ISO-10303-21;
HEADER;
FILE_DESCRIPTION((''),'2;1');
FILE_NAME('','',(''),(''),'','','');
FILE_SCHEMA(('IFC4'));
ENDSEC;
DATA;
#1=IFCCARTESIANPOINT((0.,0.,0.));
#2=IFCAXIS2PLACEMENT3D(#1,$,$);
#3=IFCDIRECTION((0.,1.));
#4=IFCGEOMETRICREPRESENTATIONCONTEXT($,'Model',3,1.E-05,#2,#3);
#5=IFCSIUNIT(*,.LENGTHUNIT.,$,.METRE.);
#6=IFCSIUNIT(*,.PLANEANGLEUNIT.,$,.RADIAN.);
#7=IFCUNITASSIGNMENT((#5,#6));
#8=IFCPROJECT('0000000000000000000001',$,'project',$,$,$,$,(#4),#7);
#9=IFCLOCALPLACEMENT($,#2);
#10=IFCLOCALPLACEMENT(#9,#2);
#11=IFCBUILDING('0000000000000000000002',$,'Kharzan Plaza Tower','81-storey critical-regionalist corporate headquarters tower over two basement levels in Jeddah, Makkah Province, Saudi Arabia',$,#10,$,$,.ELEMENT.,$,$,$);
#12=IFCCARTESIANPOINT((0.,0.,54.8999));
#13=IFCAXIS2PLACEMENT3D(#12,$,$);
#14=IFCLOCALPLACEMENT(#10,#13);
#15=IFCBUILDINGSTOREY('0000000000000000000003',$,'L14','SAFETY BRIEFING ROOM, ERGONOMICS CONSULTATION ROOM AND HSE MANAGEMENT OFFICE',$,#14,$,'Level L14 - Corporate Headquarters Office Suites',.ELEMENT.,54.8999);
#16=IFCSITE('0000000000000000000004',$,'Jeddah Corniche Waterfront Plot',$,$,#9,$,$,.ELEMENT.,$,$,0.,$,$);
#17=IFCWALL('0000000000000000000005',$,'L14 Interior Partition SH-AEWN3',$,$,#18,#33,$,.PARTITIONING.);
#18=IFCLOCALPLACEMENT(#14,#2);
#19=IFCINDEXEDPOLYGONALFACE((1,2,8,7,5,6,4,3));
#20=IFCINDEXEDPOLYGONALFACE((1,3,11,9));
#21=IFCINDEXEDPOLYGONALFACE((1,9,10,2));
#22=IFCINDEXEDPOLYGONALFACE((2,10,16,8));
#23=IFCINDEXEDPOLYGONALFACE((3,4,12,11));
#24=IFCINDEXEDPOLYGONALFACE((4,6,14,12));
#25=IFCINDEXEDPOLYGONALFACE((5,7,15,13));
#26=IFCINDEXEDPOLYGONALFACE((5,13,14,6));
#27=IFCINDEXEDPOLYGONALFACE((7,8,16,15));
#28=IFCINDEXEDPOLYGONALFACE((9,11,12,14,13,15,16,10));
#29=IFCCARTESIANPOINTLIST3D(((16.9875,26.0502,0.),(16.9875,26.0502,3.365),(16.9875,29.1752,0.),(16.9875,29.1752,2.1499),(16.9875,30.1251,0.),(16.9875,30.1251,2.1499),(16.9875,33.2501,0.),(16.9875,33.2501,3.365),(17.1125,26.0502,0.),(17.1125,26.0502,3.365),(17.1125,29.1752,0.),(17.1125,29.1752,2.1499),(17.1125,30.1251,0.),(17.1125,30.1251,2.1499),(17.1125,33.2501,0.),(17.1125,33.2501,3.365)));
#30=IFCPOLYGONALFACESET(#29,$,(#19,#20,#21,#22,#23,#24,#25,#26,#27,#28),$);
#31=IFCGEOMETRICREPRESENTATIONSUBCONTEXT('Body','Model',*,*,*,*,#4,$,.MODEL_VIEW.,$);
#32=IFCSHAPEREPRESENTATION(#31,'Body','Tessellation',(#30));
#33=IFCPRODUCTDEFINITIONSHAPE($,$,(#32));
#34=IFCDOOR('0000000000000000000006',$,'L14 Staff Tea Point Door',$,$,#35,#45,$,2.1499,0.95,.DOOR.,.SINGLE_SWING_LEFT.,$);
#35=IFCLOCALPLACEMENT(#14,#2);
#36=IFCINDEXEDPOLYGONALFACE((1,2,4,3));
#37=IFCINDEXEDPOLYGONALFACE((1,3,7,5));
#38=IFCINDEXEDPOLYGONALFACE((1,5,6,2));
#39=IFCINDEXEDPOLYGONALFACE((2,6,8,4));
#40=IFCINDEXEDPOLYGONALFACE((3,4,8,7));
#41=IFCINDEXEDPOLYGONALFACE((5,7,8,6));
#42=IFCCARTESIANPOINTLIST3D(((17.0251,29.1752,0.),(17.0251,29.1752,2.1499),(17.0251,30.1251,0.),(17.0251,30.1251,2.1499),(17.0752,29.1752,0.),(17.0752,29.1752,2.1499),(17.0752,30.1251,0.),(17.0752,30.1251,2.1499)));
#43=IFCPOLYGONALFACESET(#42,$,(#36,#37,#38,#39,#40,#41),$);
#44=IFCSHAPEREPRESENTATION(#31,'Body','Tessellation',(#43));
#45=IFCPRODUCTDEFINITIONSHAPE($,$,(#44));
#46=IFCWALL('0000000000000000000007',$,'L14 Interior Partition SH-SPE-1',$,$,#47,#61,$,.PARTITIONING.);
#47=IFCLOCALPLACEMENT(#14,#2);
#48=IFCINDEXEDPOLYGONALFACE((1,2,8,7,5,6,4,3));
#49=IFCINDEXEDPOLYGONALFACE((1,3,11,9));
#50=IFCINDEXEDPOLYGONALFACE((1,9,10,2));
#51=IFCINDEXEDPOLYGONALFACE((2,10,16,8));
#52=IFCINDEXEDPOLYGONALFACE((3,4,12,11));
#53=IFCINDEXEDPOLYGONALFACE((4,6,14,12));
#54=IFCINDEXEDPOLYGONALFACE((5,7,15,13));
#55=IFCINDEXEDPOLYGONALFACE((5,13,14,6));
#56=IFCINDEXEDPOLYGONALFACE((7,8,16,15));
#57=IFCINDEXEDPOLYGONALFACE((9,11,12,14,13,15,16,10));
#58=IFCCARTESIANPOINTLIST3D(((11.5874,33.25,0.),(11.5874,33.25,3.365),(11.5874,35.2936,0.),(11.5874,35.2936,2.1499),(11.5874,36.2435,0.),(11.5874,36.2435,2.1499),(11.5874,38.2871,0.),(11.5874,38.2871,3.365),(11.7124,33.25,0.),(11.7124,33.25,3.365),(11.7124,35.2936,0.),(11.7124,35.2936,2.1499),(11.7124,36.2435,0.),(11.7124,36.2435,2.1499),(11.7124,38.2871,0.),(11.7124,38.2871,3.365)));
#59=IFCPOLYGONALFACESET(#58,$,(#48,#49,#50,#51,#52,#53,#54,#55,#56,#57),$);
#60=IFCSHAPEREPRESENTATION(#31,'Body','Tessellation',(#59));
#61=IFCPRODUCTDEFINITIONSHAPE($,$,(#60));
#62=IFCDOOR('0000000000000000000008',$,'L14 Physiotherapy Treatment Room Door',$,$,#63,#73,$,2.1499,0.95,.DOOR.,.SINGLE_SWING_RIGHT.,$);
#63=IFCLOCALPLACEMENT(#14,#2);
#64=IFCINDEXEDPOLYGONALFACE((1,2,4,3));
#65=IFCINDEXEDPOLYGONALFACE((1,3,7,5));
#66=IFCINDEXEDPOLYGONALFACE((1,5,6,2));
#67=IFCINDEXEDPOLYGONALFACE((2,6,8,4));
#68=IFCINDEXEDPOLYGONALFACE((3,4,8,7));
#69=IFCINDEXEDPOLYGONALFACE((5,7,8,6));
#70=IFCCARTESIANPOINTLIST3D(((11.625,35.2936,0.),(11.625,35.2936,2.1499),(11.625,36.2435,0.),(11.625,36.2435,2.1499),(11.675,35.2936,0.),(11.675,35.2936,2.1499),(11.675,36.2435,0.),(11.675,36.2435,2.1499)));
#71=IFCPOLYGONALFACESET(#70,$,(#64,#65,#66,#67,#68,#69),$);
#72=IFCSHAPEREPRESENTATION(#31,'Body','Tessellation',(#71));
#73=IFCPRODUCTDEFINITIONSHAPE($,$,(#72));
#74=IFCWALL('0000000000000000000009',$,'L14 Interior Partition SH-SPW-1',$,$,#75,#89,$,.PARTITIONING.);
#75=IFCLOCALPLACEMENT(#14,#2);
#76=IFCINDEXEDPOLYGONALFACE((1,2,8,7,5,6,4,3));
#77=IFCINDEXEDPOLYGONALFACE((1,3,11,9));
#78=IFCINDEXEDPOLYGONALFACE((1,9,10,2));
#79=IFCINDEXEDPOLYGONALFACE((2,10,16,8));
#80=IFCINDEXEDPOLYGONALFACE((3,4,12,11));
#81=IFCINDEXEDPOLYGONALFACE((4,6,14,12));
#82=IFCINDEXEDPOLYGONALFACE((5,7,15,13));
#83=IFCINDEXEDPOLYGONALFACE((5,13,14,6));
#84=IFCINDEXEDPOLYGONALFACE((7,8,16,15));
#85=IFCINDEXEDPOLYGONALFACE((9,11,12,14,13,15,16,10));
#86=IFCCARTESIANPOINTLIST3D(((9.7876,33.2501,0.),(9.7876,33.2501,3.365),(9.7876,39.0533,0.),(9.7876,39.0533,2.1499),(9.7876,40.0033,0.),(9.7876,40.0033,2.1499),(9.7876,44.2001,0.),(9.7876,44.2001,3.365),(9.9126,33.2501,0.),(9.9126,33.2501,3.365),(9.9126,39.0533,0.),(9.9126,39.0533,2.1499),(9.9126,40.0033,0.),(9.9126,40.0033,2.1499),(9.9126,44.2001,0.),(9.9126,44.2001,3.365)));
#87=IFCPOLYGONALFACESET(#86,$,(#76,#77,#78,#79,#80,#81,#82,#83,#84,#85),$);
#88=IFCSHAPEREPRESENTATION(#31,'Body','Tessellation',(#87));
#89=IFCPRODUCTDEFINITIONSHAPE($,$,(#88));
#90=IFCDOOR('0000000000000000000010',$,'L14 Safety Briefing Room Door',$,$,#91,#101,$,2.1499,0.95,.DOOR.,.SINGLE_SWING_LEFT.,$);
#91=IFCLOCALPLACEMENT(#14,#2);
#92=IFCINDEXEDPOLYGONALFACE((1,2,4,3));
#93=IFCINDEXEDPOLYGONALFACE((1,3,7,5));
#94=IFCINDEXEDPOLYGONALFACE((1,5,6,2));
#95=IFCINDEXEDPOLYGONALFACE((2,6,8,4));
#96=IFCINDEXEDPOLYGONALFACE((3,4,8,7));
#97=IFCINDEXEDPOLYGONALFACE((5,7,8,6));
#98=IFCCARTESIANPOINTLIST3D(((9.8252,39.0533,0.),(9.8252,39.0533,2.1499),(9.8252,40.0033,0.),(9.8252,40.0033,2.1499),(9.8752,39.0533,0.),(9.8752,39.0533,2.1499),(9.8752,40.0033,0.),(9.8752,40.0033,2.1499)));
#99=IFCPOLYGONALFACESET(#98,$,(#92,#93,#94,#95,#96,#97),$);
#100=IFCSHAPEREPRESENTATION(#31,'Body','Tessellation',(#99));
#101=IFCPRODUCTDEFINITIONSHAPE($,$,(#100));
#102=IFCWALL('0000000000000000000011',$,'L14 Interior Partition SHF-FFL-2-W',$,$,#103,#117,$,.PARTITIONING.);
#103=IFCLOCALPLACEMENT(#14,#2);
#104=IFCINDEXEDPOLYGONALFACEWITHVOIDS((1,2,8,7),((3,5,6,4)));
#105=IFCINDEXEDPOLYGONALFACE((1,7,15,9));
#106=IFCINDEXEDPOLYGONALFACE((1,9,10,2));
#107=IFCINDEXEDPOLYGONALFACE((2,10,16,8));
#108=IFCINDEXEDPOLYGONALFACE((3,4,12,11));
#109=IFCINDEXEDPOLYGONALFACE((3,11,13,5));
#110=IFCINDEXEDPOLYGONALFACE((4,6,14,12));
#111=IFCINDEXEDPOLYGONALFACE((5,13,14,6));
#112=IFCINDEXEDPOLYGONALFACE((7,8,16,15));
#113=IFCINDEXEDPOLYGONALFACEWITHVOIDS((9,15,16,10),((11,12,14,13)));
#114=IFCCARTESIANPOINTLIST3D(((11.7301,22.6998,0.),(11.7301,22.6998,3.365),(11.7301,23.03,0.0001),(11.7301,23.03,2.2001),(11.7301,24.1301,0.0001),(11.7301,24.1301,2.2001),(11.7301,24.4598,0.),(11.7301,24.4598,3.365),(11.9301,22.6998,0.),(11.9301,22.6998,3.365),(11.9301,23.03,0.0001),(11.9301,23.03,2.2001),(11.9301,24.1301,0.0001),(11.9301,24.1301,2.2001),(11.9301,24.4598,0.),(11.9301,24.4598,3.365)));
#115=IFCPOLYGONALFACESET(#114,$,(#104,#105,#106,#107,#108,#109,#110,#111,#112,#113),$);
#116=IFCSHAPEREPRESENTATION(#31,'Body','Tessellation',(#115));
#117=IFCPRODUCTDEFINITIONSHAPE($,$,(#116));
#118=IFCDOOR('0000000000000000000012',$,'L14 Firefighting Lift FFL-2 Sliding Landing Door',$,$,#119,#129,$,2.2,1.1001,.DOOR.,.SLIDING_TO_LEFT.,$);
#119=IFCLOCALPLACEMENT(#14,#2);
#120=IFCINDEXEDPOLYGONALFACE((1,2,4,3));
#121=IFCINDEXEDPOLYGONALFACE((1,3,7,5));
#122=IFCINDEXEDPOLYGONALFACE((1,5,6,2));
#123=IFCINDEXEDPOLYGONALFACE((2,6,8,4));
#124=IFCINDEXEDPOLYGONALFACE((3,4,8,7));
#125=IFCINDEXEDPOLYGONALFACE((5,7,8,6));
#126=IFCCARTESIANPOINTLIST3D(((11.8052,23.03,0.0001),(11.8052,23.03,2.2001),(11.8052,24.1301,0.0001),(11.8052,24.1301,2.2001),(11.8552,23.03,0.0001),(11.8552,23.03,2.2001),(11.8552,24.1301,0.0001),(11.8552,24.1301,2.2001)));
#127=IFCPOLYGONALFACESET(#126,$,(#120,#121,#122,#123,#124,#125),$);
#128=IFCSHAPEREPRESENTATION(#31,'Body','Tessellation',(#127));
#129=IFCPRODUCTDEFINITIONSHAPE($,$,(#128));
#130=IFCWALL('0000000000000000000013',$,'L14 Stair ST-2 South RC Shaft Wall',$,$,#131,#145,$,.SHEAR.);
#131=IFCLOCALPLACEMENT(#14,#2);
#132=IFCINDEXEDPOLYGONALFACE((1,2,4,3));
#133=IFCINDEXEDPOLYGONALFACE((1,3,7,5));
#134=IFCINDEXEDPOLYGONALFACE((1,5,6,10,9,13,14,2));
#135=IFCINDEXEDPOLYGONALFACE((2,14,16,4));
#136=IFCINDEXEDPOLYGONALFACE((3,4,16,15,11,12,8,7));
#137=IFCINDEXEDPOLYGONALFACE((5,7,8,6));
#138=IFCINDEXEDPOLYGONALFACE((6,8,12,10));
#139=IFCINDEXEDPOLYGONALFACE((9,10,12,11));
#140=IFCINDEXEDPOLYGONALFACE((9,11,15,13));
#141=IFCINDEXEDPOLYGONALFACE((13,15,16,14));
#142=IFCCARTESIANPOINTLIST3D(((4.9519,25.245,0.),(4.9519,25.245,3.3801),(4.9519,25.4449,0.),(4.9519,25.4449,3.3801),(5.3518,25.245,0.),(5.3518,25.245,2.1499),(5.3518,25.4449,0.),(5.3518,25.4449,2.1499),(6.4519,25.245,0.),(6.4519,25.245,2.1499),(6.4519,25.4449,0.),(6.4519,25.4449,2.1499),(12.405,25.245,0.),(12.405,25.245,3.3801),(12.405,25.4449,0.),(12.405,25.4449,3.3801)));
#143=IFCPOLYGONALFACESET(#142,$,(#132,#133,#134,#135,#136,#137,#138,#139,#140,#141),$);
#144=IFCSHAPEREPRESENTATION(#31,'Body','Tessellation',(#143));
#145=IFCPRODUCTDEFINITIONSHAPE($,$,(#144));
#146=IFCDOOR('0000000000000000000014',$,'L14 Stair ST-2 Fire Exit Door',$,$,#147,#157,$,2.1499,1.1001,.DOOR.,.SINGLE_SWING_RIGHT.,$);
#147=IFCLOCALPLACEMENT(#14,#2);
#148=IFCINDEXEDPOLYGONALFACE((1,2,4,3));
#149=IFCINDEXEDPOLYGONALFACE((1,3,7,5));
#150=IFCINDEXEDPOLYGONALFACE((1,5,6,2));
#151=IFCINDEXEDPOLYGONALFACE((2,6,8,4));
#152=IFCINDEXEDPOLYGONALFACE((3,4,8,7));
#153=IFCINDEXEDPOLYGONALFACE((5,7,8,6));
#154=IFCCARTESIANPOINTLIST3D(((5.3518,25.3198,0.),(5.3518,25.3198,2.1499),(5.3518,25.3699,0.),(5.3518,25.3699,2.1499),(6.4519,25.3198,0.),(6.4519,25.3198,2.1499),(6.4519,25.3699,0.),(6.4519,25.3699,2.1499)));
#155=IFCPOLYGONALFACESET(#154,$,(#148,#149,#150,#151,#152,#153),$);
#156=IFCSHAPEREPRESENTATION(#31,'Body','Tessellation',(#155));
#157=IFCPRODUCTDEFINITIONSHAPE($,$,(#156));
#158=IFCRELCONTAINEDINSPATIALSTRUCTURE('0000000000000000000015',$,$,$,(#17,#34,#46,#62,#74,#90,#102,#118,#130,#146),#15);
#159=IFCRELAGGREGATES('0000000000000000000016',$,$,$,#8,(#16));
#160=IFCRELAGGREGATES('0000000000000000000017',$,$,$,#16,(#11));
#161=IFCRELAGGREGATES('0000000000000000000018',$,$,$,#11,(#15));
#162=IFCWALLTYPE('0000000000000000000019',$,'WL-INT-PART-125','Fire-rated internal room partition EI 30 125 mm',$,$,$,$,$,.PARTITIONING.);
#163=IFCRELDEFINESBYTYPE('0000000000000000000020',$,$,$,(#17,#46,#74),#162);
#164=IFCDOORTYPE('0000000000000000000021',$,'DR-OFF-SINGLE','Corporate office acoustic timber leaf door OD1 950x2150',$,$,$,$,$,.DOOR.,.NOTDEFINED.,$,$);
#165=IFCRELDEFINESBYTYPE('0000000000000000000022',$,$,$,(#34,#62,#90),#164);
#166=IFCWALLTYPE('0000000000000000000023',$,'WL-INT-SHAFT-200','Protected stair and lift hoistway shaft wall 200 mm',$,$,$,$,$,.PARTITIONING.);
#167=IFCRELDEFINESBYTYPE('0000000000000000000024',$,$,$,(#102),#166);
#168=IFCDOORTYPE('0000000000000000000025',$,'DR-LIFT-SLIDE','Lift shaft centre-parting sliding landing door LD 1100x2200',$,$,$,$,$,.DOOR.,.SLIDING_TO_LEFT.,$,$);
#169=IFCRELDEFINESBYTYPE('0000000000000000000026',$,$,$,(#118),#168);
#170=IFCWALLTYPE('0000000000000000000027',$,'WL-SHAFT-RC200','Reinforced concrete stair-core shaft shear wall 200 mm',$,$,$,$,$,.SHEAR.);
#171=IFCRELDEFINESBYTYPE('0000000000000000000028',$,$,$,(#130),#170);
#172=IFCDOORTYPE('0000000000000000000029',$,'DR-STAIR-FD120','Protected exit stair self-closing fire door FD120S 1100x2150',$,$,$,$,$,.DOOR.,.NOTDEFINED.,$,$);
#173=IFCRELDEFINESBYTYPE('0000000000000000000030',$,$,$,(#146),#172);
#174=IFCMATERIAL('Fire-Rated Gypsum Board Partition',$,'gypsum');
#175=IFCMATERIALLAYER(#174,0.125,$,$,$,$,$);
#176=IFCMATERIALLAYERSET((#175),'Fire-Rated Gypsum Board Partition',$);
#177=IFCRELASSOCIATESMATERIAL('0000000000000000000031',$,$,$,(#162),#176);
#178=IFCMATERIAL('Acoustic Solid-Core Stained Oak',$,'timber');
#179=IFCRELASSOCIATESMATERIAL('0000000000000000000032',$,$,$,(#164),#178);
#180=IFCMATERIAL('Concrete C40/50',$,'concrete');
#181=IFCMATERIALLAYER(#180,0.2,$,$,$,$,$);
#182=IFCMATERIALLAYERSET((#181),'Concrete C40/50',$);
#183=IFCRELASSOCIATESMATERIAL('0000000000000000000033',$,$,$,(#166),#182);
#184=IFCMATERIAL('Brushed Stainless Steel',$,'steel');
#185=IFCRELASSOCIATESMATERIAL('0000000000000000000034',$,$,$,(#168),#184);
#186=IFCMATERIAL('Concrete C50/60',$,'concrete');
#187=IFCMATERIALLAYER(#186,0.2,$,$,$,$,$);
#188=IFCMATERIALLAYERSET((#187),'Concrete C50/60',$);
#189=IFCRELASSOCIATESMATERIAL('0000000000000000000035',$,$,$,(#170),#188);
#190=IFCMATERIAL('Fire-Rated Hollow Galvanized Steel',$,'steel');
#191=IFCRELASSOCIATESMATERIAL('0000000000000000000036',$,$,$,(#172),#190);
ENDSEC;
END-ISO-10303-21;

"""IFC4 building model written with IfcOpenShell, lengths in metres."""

from ifc_helpers import new_model, si_unit, direction, frame, frame_2d, origin, place, context, subcontext, project, spatial, rectangle, extrude, source, transform, mapped, material, layer, layer_set, type_object, element, fill, save


model = new_model("IFC4")

# Units and contexts
model_context = context("Model", 3, precision=1e-05, world=origin(), true_north=direction((0.0, 1.0)))
body_context = subcontext(model_context, "Body", "Model", "MODEL_VIEW")
ifc_project = project(units=[si_unit("LENGTHUNIT", "METRE"), si_unit("PLANEANGLEUNIT", "RADIAN")], contexts=[model_context])

# Site, building, storey
site_placement = place(None, origin())
site = spatial("IfcSite", under=ifc_project, at=site_placement, Name="Jeddah Corniche Waterfront Plot", CompositionType="ELEMENT", RefElevation=0.0)
building_placement = place(site_placement, origin())
building = spatial("IfcBuilding", under=site, at=building_placement, Name="Kharzan Plaza Tower", Description="81-storey critical-regionalist corporate headquarters tower over two basement levels in Jeddah, Makkah Province, Saudi Arabia", CompositionType="ELEMENT")
storey_placement = place(building_placement, frame((0.0, 0.0, 54.8999)))
storey = spatial("IfcBuildingStorey", under=building, at=storey_placement, Name="L14", Description="SAFETY BRIEFING ROOM, ERGONOMICS CONSULTATION ROOM AND HSE MANAGEMENT OFFICE", LongName="Level L14 - Corporate Headquarters Office Suites", CompositionType="ELEMENT", Elevation=54.8999)

# Walls, openings, doors
ifc_material_1 = material(Name="Fire-Rated Gypsum Board Partition", Category="gypsum")
ifc_layer_1 = layer(ifc_material_1, 0.125)
ifc_layer_set_1 = layer_set([ifc_layer_1], Name="Fire-Rated Gypsum Board Partition")
wall_type_1 = type_object("IfcWallType", Name="WL-INT-PART-125", Description="Fire-rated internal room partition EI 30 125 mm", PredefinedType="PARTITIONING", material=ifc_layer_set_1)
wall_1_placement = place(storey_placement, frame((17.05, 26.05, 0.0), z_axis=(0.0, 0.0, 1.0), x_axis=(0.0, 1.0, 0.0)))
wall_1 = element("IfcWall", 1, at=wall_1_placement, inside=storey, type_object=wall_type_1, Name="L14 Interior Partition SH-AEWN3", PredefinedType="PARTITIONING", context=body_context, shape_type="SweptSolid", body=[
    extrude(rectangle(XDim=7.2, YDim=0.125, at=frame_2d((3.6001, 0.0))), origin(), (0.0, 0.0, 1.0), 3.365),
])
opening_1_placement = place(wall_1_placement, frame((3.125, 0.0, 0.0)))
opening_1 = element("IfcOpeningElement", 2, at=opening_1_placement, cuts=wall_1, PredefinedType="OPENING", context=body_context, shape_type="SweptSolid", body=[
    extrude(rectangle(XDim=0.95, YDim=2.1499, at=frame_2d((0.4751, 1.075))), frame((0.0, 0.0725, 0.0), z_axis=(0.0, -1.0, 0.0), x_axis=(1.0, 0.0, 0.0)), (0.0, 0.0, 1.0), 0.145),
])
ifc_material_2 = material(Name="Acoustic Solid-Core Stained Oak", Category="timber")
door_type_1 = type_object("IfcDoorType", Name="DR-OFF-SINGLE", Description="Corporate office acoustic timber leaf door OD1 950x2150", OperationType="NOTDEFINED", PredefinedType="DOOR", material=ifc_material_2)
shared_shape_1 = source(origin(), body_context, "Body", "SweptSolid", [
    extrude(rectangle(XDim=0.95, YDim=2.1499, at=frame_2d((0.4751, 1.075))), frame((0.0, 0.0249, 0.0), z_axis=(0.0, -1.0, 0.0), x_axis=(1.0, 0.0, 0.0)), (0.0, 0.0, 1.0), 0.05),
])
door_1_placement = place(opening_1_placement, origin())
door_1 = element("IfcDoor", 3, at=door_1_placement, inside=storey, type_object=door_type_1, Name="L14 Staff Tea Point Door", OperationType="SINGLE_SWING_LEFT", OverallHeight=2.1499, OverallWidth=0.95, PredefinedType="DOOR", context=body_context, shape_type="MappedRepresentation", body=[
    mapped(shared_shape_1, transform((0.0, 0.0, 0.0), x_axis=(1.0, 0.0, 0.0), y_axis=(0.0, 1.0, 0.0), z_axis=(0.0, 0.0, 1.0))),
])
fill(opening_1, door_1)
wall_2_placement = place(storey_placement, frame((11.6499, 33.25, 0.0), z_axis=(0.0, 0.0, 1.0), x_axis=(0.0, 1.0, 0.0)))
wall_2 = element("IfcWall", 4, at=wall_2_placement, inside=storey, type_object=wall_type_1, Name="L14 Interior Partition SH-SPE-1", PredefinedType="PARTITIONING", context=body_context, shape_type="SweptSolid", body=[
    extrude(rectangle(XDim=5.0371, YDim=0.125, at=frame_2d((2.5186, 0.0))), origin(), (0.0, 0.0, 1.0), 3.365),
])
opening_2_placement = place(wall_2_placement, frame((2.0435, 0.0, 0.0)))
opening_2 = element("IfcOpeningElement", 5, at=opening_2_placement, cuts=wall_2, PredefinedType="OPENING", context=body_context, shape_type="SweptSolid", body=[
    extrude(rectangle(XDim=0.95, YDim=2.1499, at=frame_2d((0.4751, 1.075))), frame((0.0, 0.0725, 0.0), z_axis=(0.0, -1.0, 0.0), x_axis=(1.0, 0.0, 0.0)), (0.0, 0.0, 1.0), 0.145),
])
door_2_placement = place(opening_2_placement, origin())
door_2 = element("IfcDoor", 6, at=door_2_placement, inside=storey, type_object=door_type_1, Name="L14 Physiotherapy Treatment Room Door", OperationType="SINGLE_SWING_RIGHT", OverallHeight=2.1499, OverallWidth=0.95, PredefinedType="DOOR", context=body_context, shape_type="MappedRepresentation", body=[
    mapped(shared_shape_1, transform((0.0, 0.0, 0.0), x_axis=(1.0, 0.0, 0.0), y_axis=(0.0, 1.0, 0.0), z_axis=(0.0, 0.0, 1.0))),
])
fill(opening_2, door_2)
wall_3_placement = place(storey_placement, frame((9.8501, 33.25, 0.0), z_axis=(0.0, 0.0, 1.0), x_axis=(0.0, 1.0, 0.0)))
wall_3 = element("IfcWall", 7, at=wall_3_placement, inside=storey, type_object=wall_type_1, Name="L14 Interior Partition SH-SPW-1", PredefinedType="PARTITIONING", context=body_context, shape_type="SweptSolid", body=[
    extrude(rectangle(XDim=10.95, YDim=0.125, at=frame_2d((5.4751, 0.0))), origin(), (0.0, 0.0, 1.0), 3.365),
])
opening_3_placement = place(wall_3_placement, frame((5.8032, 0.0, 0.0)))
opening_3 = element("IfcOpeningElement", 8, at=opening_3_placement, cuts=wall_3, PredefinedType="OPENING", context=body_context, shape_type="SweptSolid", body=[
    extrude(rectangle(XDim=0.95, YDim=2.1499, at=frame_2d((0.4751, 1.075))), frame((0.0, 0.0725, 0.0), z_axis=(0.0, -1.0, 0.0), x_axis=(1.0, 0.0, 0.0)), (0.0, 0.0, 1.0), 0.145),
])
door_3_placement = place(opening_3_placement, origin())
door_3 = element("IfcDoor", 9, at=door_3_placement, inside=storey, type_object=door_type_1, Name="L14 Safety Briefing Room Door", OperationType="SINGLE_SWING_LEFT", OverallHeight=2.1499, OverallWidth=0.95, PredefinedType="DOOR", context=body_context, shape_type="MappedRepresentation", body=[
    mapped(shared_shape_1, transform((0.0, 0.0, 0.0), x_axis=(1.0, 0.0, 0.0), y_axis=(0.0, 1.0, 0.0), z_axis=(0.0, 0.0, 1.0))),
])
fill(opening_3, door_3)
ifc_material_3 = material(Name="Concrete C40/50", Category="concrete")
ifc_layer_2 = layer(ifc_material_3, 0.2)
ifc_layer_set_2 = layer_set([ifc_layer_2], Name="Concrete C40/50")
wall_type_2 = type_object("IfcWallType", Name="WL-INT-SHAFT-200", Description="Protected stair and lift hoistway shaft wall 200 mm", PredefinedType="PARTITIONING", material=ifc_layer_set_2)
wall_4_placement = place(storey_placement, frame((11.8301, 22.7, 0.0), z_axis=(0.0, 0.0, 1.0), x_axis=(0.0, 1.0, 0.0)))
wall_4 = element("IfcWall", 10, at=wall_4_placement, inside=storey, type_object=wall_type_2, Name="L14 Interior Partition SHF-FFL-2-W", PredefinedType="PARTITIONING", context=body_context, shape_type="SweptSolid", body=[
    extrude(rectangle(XDim=1.76, YDim=0.2, at=frame_2d((0.8799, 0.0))), origin(), (0.0, 0.0, 1.0), 3.365),
])
opening_4_placement = place(wall_4_placement, frame((0.3301, 0.0, 0.0)))
opening_4 = element("IfcOpeningElement", 11, at=opening_4_placement, cuts=wall_4, PredefinedType="OPENING", context=body_context, shape_type="SweptSolid", body=[
    extrude(rectangle(XDim=1.1001, YDim=2.2, at=frame_2d((0.55, 1.1001))), frame((0.0, 0.1099, 0.0), z_axis=(0.0, -1.0, 0.0), x_axis=(1.0, 0.0, 0.0)), (0.0, 0.0, 1.0), 0.22),
])
ifc_material_4 = material(Name="Brushed Stainless Steel", Category="steel")
door_type_2 = type_object("IfcDoorType", Name="DR-LIFT-SLIDE", Description="Lift shaft centre-parting sliding landing door LD 1100x2200", OperationType="SLIDING_TO_LEFT", PredefinedType="DOOR", material=ifc_material_4)
shared_shape_2 = source(origin(), body_context, "Body", "SweptSolid", [
    extrude(rectangle(XDim=1.1001, YDim=2.2, at=frame_2d((0.55, 1.1001))), frame((0.0, 0.0249, 0.0), z_axis=(0.0, -1.0, 0.0), x_axis=(1.0, 0.0, 0.0)), (0.0, 0.0, 1.0), 0.05),
])
door_4_placement = place(opening_4_placement, origin())
door_4 = element("IfcDoor", 12, at=door_4_placement, inside=storey, type_object=door_type_2, Name="L14 Firefighting Lift FFL-2 Sliding Landing Door", OperationType="SLIDING_TO_LEFT", OverallHeight=2.2, OverallWidth=1.1001, PredefinedType="DOOR", context=body_context, shape_type="MappedRepresentation", body=[
    mapped(shared_shape_2, transform((0.0, 0.0, 0.0), x_axis=(1.0, 0.0, 0.0), y_axis=(0.0, 1.0, 0.0), z_axis=(0.0, 0.0, 1.0))),
])
fill(opening_4, door_4)
ifc_material_5 = material(Name="Concrete C50/60", Category="concrete")
ifc_layer_3 = layer(ifc_material_5, 0.2)
ifc_layer_set_3 = layer_set([ifc_layer_3], Name="Concrete C50/60")
wall_type_3 = type_object("IfcWallType", Name="WL-SHAFT-RC200", Description="Reinforced concrete stair-core shaft shear wall 200 mm", PredefinedType="SHEAR", material=ifc_layer_set_3)
wall_5_placement = place(storey_placement, frame((4.9519, 25.345, 0.0), z_axis=(0.0, 0.0, 1.0), x_axis=(1.0, 0.0, 0.0)))
wall_5 = element("IfcWall", 13, at=wall_5_placement, inside=storey, type_object=wall_type_3, Name="L14 Stair ST-2 South RC Shaft Wall", PredefinedType="SHEAR", context=body_context, shape_type="SweptSolid", body=[
    extrude(rectangle(XDim=7.4531, YDim=0.2, at=frame_2d((3.7266, 0.0))), origin(), (0.0, 0.0, 1.0), 3.3801),
])
opening_5_placement = place(wall_5_placement, frame((0.3999, 0.0, 0.0)))
opening_5 = element("IfcOpeningElement", 14, at=opening_5_placement, cuts=wall_5, PredefinedType="OPENING", context=body_context, shape_type="SweptSolid", body=[
    extrude(rectangle(XDim=1.1001, YDim=2.1499, at=frame_2d((0.55, 1.075))), frame((0.0, 0.1099, 0.0), z_axis=(0.0, -1.0, 0.0), x_axis=(1.0, 0.0, 0.0)), (0.0, 0.0, 1.0), 0.22),
])
ifc_material_6 = material(Name="Fire-Rated Hollow Galvanized Steel", Category="steel")
door_type_3 = type_object("IfcDoorType", Name="DR-STAIR-FD120", Description="Protected exit stair self-closing fire door FD120S 1100x2150", OperationType="NOTDEFINED", PredefinedType="DOOR", material=ifc_material_6)
shared_shape_3 = source(origin(), body_context, "Body", "SweptSolid", [
    extrude(rectangle(XDim=1.1001, YDim=2.1499, at=frame_2d((0.55, 1.075))), frame((0.0, 0.0249, 0.0), z_axis=(0.0, -1.0, 0.0), x_axis=(1.0, 0.0, 0.0)), (0.0, 0.0, 1.0), 0.05),
])
door_5_placement = place(opening_5_placement, origin())
door_5 = element("IfcDoor", 15, at=door_5_placement, inside=storey, type_object=door_type_3, Name="L14 Stair ST-2 Fire Exit Door", OperationType="SINGLE_SWING_RIGHT", OverallHeight=2.1499, OverallWidth=1.1001, PredefinedType="DOOR", context=body_context, shape_type="MappedRepresentation", body=[
    mapped(shared_shape_3, transform((0.0, 0.0, 0.0), x_axis=(1.0, 0.0, 0.0), y_axis=(0.0, 1.0, 0.0), z_axis=(0.0, 0.0, 1.0))),
])
fill(opening_5, door_5)

save(model, "model.ifc")
